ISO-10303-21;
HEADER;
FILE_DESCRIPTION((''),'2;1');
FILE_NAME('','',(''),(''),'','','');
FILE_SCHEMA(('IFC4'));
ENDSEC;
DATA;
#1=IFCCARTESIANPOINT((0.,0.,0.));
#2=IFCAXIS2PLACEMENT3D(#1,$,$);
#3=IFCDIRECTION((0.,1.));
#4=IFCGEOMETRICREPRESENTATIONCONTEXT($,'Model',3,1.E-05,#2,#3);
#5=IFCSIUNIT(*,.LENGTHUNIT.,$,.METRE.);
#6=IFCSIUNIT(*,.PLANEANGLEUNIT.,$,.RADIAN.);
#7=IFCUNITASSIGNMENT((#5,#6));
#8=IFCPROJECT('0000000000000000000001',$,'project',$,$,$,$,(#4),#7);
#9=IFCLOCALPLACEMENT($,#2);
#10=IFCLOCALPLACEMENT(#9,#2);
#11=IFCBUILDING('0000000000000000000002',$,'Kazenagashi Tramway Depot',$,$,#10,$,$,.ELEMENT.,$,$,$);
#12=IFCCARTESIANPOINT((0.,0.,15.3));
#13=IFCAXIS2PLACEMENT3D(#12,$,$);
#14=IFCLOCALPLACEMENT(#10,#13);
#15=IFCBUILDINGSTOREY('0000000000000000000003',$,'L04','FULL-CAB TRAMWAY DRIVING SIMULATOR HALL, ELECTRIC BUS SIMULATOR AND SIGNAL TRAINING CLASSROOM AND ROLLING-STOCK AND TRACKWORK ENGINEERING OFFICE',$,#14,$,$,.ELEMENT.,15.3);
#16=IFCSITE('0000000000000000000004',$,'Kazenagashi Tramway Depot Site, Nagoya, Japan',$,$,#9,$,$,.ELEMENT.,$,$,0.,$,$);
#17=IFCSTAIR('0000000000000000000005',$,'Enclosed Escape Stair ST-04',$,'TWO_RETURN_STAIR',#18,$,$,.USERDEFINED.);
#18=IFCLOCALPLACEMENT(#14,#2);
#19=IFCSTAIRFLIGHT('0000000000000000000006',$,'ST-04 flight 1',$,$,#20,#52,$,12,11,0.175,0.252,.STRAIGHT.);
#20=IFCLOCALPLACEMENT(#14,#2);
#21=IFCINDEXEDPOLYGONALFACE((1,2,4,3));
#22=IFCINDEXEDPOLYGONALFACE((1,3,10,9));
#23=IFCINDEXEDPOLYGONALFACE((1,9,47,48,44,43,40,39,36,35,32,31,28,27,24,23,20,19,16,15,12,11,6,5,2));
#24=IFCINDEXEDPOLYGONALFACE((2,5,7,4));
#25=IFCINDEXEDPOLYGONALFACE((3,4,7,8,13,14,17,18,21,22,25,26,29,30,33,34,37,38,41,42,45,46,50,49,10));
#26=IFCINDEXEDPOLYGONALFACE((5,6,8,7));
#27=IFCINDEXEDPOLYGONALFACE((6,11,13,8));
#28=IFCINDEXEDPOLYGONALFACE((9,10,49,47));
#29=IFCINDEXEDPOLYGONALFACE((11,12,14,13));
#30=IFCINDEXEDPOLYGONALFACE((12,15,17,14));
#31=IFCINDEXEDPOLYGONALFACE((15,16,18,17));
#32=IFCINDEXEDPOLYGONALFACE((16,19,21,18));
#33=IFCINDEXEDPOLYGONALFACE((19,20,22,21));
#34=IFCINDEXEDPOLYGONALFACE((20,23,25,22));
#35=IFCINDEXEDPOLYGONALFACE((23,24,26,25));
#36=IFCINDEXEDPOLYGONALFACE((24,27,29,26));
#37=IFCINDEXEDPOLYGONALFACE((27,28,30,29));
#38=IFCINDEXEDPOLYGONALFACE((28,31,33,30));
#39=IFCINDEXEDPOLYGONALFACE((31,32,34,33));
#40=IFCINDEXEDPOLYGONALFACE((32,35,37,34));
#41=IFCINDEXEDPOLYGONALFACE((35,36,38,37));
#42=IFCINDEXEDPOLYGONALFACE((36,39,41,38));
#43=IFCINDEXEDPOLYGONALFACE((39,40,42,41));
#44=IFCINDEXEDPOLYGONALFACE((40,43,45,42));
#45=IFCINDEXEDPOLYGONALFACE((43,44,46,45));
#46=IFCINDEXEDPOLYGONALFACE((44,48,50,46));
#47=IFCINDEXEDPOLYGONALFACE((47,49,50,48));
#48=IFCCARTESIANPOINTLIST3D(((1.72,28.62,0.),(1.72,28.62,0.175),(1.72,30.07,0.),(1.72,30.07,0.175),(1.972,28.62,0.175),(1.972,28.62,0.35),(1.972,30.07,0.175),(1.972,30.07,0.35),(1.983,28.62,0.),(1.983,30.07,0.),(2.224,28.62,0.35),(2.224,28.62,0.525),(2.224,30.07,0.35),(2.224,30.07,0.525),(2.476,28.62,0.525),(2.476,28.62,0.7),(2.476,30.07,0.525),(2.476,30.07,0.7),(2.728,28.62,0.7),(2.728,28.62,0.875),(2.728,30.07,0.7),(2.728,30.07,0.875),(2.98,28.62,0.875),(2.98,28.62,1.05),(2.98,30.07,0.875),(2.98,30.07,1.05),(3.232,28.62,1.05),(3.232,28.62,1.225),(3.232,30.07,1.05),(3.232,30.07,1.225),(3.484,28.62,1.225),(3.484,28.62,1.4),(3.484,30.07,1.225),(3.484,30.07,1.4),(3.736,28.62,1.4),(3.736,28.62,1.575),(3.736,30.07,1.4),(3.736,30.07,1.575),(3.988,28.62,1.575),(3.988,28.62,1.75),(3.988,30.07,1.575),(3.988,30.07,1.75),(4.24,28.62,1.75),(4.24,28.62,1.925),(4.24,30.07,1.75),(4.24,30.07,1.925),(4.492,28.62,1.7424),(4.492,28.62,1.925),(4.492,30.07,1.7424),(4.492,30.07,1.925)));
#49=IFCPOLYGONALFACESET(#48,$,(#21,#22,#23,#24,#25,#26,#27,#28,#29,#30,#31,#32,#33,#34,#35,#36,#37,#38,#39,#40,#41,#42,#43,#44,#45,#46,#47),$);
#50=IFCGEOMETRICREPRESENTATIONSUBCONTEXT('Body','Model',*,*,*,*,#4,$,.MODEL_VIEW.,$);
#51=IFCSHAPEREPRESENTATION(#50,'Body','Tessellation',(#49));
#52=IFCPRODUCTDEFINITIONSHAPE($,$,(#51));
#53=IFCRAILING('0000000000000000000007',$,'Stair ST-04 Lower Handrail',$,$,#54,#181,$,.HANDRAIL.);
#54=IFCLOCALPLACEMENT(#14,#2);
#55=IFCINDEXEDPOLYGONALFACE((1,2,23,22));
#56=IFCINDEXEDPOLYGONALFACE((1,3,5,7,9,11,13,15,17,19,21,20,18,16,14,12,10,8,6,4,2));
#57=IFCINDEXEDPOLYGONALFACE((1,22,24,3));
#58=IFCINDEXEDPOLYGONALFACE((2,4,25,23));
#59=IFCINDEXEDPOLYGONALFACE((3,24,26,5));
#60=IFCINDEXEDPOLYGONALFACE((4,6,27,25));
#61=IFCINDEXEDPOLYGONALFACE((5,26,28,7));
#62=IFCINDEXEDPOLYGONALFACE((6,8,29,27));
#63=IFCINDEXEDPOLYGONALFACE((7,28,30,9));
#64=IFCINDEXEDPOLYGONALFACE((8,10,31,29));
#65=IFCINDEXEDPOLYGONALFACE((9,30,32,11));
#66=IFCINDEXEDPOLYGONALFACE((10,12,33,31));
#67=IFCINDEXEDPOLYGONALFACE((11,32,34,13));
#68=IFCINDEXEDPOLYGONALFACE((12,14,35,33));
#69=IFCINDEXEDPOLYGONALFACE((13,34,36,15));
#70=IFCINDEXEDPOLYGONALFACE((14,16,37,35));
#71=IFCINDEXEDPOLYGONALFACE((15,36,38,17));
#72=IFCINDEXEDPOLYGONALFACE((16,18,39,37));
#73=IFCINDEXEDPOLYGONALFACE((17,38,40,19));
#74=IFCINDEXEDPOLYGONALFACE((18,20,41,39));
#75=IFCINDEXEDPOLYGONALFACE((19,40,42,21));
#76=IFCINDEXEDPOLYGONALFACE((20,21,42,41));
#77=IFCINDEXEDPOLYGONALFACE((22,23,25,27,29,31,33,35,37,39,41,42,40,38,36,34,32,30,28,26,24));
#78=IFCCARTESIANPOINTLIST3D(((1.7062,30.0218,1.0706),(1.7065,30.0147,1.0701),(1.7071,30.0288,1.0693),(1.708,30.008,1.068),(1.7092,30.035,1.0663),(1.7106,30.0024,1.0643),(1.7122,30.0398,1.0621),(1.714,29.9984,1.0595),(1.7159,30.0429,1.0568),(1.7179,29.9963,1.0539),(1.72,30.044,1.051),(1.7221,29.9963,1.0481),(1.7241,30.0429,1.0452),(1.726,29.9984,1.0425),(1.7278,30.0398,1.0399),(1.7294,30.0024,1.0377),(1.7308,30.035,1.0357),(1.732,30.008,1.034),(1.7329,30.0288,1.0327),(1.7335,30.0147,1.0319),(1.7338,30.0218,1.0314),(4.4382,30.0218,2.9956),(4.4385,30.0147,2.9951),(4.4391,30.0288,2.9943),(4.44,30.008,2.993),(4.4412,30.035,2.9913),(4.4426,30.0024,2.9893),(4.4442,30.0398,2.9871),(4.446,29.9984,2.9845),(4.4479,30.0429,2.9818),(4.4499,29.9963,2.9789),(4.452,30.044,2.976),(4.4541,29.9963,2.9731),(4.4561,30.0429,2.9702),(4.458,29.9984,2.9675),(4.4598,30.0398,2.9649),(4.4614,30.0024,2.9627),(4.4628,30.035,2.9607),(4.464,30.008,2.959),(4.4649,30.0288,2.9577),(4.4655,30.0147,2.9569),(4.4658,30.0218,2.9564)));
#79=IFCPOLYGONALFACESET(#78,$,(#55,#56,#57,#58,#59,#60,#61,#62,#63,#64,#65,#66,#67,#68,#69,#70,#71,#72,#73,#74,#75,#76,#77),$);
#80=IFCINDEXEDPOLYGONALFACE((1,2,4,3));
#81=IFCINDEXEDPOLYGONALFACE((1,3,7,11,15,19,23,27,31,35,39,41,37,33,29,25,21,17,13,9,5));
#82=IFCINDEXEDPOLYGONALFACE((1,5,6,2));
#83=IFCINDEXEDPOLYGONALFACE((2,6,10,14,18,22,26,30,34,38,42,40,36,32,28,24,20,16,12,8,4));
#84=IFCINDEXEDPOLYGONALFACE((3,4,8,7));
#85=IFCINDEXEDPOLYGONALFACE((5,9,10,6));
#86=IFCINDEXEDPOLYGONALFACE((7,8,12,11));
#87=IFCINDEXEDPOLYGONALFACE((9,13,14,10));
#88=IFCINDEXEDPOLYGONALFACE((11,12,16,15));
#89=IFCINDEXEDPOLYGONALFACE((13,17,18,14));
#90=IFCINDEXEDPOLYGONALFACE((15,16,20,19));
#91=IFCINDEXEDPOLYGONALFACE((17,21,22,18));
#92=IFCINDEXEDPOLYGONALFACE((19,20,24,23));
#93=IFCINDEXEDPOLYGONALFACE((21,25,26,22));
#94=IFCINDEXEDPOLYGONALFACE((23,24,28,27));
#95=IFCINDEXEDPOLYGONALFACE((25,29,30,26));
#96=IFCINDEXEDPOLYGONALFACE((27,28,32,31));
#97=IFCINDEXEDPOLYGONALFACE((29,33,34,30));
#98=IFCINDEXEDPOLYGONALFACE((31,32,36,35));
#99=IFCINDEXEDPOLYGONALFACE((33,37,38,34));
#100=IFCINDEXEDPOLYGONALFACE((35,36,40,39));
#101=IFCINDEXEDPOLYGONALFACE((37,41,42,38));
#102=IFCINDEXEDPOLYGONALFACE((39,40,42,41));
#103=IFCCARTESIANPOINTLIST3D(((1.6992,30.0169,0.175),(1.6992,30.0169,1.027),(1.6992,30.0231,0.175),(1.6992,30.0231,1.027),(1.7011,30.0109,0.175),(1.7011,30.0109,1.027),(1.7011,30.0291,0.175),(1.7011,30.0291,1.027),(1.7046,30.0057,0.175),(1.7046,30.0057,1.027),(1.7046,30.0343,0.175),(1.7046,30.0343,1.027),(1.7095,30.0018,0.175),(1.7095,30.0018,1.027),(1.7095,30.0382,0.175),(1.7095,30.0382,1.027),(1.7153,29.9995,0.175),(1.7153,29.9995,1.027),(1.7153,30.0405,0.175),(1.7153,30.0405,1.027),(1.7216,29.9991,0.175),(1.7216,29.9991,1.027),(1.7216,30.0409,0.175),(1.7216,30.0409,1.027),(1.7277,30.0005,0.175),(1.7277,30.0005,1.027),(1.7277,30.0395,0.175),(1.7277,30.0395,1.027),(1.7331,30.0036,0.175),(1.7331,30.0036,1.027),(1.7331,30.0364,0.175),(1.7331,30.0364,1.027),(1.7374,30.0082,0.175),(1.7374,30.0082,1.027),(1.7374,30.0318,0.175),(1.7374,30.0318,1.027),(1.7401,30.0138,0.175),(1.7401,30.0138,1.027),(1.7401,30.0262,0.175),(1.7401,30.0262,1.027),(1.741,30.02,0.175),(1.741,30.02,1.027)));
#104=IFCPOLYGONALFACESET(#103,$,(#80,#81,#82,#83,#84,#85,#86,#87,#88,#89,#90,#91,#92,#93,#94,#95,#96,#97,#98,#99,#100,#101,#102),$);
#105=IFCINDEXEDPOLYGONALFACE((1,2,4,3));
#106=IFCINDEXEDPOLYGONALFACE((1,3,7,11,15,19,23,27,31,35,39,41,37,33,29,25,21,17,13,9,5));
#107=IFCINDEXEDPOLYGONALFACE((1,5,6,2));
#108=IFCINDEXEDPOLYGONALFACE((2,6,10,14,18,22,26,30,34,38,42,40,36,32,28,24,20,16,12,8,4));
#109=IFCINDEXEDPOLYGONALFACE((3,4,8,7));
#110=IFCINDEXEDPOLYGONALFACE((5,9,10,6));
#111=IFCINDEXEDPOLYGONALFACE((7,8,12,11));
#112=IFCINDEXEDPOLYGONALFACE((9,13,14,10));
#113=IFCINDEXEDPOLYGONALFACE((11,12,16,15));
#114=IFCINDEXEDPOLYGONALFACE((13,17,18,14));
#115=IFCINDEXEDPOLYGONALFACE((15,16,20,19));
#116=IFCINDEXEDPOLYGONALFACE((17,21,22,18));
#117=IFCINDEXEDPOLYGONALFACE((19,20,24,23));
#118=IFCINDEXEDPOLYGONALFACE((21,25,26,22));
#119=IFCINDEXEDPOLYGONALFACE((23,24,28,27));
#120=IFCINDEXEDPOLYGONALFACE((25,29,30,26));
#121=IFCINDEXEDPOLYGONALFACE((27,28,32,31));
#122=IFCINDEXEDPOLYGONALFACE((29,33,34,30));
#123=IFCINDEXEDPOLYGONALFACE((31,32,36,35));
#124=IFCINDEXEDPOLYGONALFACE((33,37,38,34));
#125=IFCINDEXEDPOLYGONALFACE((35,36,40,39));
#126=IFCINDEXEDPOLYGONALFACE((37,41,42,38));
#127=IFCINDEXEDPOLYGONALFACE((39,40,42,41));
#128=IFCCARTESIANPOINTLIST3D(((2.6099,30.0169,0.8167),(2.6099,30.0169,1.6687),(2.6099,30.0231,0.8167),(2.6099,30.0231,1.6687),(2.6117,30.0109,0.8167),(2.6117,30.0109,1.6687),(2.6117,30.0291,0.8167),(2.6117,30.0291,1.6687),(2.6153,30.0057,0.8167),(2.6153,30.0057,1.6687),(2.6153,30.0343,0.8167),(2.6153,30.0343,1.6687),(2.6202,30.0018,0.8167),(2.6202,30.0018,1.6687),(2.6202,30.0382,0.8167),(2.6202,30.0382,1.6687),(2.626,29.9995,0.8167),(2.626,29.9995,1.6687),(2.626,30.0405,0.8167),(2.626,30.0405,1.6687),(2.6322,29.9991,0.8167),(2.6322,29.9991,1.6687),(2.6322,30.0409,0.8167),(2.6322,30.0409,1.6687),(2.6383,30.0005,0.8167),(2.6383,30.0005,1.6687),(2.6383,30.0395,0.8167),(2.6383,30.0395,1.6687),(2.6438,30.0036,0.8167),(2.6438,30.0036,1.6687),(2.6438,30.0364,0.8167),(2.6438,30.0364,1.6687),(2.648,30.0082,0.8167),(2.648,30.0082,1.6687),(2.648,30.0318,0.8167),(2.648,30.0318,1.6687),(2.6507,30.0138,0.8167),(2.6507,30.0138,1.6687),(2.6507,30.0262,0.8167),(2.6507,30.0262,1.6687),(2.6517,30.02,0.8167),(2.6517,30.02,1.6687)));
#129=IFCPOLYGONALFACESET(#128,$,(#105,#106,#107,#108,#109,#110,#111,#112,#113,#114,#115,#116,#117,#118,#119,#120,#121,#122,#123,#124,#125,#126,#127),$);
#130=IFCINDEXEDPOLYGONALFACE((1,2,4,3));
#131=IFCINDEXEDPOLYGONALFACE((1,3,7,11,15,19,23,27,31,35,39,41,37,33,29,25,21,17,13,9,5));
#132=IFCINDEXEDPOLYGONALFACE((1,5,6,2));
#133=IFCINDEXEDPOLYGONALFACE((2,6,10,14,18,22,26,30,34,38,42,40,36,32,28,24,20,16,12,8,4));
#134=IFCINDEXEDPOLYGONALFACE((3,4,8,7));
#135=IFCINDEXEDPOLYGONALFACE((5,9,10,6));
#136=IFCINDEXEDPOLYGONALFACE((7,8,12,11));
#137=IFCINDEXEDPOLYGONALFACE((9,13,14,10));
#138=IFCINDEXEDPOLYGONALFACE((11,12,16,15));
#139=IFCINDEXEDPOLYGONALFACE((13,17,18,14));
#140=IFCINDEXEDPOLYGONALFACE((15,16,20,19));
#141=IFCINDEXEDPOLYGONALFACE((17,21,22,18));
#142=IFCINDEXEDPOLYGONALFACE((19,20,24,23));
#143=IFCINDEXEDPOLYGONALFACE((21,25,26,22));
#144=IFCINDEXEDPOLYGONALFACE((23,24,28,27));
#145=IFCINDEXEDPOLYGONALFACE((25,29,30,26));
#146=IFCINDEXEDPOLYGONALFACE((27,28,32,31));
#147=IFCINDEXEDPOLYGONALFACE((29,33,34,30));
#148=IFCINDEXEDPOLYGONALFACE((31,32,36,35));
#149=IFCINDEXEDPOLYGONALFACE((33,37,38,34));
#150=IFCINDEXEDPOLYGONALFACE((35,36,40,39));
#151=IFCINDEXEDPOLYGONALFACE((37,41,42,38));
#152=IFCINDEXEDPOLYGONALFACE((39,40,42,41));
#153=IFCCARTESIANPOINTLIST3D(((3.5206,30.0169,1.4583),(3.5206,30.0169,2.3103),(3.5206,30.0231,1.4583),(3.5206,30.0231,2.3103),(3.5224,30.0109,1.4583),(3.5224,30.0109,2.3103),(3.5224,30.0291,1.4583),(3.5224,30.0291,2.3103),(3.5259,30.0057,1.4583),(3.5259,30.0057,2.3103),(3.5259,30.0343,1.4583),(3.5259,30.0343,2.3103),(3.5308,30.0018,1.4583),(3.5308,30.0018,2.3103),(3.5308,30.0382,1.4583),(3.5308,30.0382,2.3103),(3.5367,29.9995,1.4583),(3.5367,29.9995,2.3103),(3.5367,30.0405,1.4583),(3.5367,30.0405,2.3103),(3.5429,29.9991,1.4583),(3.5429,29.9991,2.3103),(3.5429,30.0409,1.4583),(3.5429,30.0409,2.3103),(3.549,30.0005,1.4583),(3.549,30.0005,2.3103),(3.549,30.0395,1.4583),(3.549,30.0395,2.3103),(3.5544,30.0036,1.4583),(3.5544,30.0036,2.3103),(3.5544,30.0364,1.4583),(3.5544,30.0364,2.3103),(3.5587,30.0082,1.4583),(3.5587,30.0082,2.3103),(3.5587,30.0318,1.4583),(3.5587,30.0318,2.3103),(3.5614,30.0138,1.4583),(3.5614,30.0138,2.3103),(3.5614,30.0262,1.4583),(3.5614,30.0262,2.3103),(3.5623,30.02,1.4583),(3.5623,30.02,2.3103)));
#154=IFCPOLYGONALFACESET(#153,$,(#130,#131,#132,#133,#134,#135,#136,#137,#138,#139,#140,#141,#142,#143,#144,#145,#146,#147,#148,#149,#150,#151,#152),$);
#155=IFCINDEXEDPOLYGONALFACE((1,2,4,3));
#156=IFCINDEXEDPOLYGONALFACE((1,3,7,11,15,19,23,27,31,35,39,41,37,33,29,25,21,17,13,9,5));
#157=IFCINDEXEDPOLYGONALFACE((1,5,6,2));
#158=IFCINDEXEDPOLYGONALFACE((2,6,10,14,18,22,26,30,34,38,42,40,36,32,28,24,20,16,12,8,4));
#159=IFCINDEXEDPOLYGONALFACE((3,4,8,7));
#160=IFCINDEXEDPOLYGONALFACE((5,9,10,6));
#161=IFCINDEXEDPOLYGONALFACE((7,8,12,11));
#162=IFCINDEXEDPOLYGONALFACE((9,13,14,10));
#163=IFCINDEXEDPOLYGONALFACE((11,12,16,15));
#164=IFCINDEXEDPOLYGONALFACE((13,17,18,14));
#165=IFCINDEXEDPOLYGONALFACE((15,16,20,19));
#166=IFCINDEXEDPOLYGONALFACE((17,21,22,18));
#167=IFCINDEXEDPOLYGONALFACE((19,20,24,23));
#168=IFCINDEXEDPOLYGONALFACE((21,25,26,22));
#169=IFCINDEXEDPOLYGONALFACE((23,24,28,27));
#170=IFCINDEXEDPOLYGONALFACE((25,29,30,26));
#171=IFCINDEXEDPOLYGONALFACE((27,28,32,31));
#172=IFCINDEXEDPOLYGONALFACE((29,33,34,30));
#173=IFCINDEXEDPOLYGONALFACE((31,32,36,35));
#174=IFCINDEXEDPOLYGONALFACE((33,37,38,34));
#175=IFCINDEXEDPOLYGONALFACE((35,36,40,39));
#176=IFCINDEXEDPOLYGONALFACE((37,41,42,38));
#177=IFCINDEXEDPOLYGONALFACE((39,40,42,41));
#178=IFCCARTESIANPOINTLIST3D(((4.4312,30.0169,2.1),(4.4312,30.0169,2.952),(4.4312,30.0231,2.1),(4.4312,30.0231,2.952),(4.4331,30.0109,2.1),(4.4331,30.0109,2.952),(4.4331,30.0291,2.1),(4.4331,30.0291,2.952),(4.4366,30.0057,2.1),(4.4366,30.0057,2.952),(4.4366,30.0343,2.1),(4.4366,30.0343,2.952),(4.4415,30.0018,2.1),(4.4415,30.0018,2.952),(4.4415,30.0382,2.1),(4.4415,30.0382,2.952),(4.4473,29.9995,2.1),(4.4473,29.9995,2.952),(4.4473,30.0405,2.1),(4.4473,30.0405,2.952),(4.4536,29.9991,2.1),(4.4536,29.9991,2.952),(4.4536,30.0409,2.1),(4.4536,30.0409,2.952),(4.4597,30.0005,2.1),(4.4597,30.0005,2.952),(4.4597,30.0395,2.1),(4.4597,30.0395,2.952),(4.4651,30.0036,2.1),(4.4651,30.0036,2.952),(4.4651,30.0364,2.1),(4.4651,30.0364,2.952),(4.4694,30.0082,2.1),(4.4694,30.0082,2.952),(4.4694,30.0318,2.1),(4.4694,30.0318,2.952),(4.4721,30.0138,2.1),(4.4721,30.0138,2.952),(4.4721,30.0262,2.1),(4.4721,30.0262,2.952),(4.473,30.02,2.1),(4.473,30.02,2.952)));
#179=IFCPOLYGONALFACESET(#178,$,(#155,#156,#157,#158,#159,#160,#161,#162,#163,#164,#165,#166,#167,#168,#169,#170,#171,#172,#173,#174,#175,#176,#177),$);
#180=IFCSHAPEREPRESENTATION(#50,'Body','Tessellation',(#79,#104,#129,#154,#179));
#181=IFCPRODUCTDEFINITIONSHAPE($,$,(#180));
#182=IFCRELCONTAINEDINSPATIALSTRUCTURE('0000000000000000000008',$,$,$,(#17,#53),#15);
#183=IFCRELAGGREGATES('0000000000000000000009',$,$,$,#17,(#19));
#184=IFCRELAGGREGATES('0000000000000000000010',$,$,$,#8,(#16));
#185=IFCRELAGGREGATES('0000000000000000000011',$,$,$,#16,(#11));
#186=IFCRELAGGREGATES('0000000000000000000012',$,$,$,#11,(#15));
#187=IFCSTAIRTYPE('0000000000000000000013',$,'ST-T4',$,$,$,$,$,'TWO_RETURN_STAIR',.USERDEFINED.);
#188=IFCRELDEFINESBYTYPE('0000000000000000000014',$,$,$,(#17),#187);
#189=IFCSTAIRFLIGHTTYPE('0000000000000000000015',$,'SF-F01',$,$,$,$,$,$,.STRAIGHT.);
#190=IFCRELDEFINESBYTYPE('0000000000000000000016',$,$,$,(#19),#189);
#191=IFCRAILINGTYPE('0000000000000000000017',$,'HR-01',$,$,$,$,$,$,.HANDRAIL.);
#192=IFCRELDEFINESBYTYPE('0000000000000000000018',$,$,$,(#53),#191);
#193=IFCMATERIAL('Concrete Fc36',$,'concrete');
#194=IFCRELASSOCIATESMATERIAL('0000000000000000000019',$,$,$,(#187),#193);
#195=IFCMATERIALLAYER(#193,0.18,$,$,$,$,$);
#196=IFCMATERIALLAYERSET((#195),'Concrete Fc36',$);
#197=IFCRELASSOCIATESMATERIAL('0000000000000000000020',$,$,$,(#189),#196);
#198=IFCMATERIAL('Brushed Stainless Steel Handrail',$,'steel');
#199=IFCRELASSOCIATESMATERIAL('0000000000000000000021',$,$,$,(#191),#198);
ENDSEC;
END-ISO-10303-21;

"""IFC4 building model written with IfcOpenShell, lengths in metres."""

from ifc_helpers import new_model, si_unit, direction, frame, origin, origin_2d, place, context, subcontext, project, spatial, polyline, circle, outline, extrude, material, layer, layer_set, type_object, element, aggregate, save


model = new_model("IFC4")

# Units and contexts
model_context = context("Model", 3, precision=1e-05, world=origin(), true_north=direction((0.0, 1.0)))
body_context = subcontext(model_context, "Body", "Model", "MODEL_VIEW")
ifc_project = project(units=[si_unit("LENGTHUNIT", "METRE"), si_unit("PLANEANGLEUNIT", "RADIAN")], contexts=[model_context])

# Site, building, storey
site_placement = place(None, origin())
site = spatial("IfcSite", under=ifc_project, at=site_placement, Name="Kazenagashi Tramway Depot Site, Nagoya, Japan", CompositionType="ELEMENT", RefElevation=0.0)
building_placement = place(site_placement, origin())
building = spatial("IfcBuilding", under=site, at=building_placement, Name="Kazenagashi Tramway Depot", CompositionType="ELEMENT")
storey_placement = place(building_placement, frame((0.0, 0.0, 15.3)))
storey = spatial("IfcBuildingStorey", under=building, at=storey_placement, Name="L04", Description="FULL-CAB TRAMWAY DRIVING SIMULATOR HALL, ELECTRIC BUS SIMULATOR AND SIGNAL TRAINING CLASSROOM AND ROLLING-STOCK AND TRACKWORK ENGINEERING OFFICE", CompositionType="ELEMENT", Elevation=15.3)

# Shared definitions
ifc_material_1 = material(Name="Concrete Fc36", Category="concrete")

# Stair, stair flight
stair_type = type_object("IfcStairType", Name="ST-T4", ElementType="TWO_RETURN_STAIR", PredefinedType="USERDEFINED", material=ifc_material_1)
stair_placement = place(storey_placement, origin())
stair = element("IfcStair", 1, at=stair_placement, inside=storey, type_object=stair_type, Name="Enclosed Escape Stair ST-04", ObjectType="TWO_RETURN_STAIR", PredefinedType="USERDEFINED")
ifc_layer_1 = layer(ifc_material_1, 0.18)
ifc_layer_set_1 = layer_set([ifc_layer_1], Name="Concrete Fc36")
stair_flight_type = type_object("IfcStairFlightType", Name="SF-F01", PredefinedType="STRAIGHT", material=ifc_layer_set_1)
stair_flight_placement = place(storey_placement, frame((1.72, 29.345, 0.0), z_axis=(0.0, 0.0, 1.0), x_axis=(1.0, 0.0, 0.0)))
stair_flight = element("IfcStairFlight", 2, at=stair_flight_placement, type_object=stair_flight_type, Name="ST-04 flight 1", NumberOfRisers=12, NumberOfTreads=11, PredefinedType="STRAIGHT", RiserHeight=0.175, TreadLength=0.252, context=body_context, shape_type="SweptSolid", body=[
    extrude(outline(polyline([(0.0, 0.0), (0.0, 0.175), (0.252, 0.175), (0.252, 0.35), (0.504, 0.35), (0.504, 0.525), (0.756, 0.525), (0.756, 0.7), (1.008, 0.7), (1.008, 0.875), (1.26, 0.875), (1.26, 1.05), (1.512, 1.05), (1.512, 1.225), (1.764, 1.225), (1.764, 1.4), (2.016, 1.4), (2.016, 1.575), (2.268, 1.575), (2.268, 1.75), (2.52, 1.75), (2.52, 1.925), (2.772, 1.925), (2.772, 2.1), (2.772, 1.7424), (0.263, 0.0), (0.0, 0.0)])), frame((0.0, 0.725, 0.0), z_axis=(0.0, -1.0, 0.0), x_axis=(1.0, 0.0, 0.0)), (0.0, 0.0, 1.0), 1.45),
])
aggregate(stair, [stair_flight])

# Railing
ifc_material_2 = material(Name="Brushed Stainless Steel Handrail", Category="steel")
railing_type = type_object("IfcRailingType", Name="HR-01", PredefinedType="HANDRAIL", material=ifc_material_2)
railing_placement = place(storey_placement, frame((1.72, 30.02, 0.175)))
element("IfcRailing", 3, at=railing_placement, inside=storey, type_object=railing_type, Name="Stair ST-04 Lower Handrail", PredefinedType="HANDRAIL", context=body_context, shape_type="SweptSolid", body=[
    extrude(circle(Radius=0.024, at=origin_2d()), frame((0.0, 0.0, 0.876), z_axis=(0.817457, 0.0, 0.57599), x_axis=(0.0, 1.0, 0.0)), (0.0, 0.0, 1.0), 3.3421),
    extrude(circle(Radius=0.021, at=origin_2d()), origin(), (0.0, 0.0, 1.0), 0.852),
    extrude(circle(Radius=0.021, at=origin_2d()), frame((0.9107, 0.0, 0.6417)), (0.0, 0.0, 1.0), 0.852),
    extrude(circle(Radius=0.021, at=origin_2d()), frame((1.8213, 0.0, 1.2833)), (0.0, 0.0, 1.0), 0.852),
    extrude(circle(Radius=0.021, at=origin_2d()), frame((2.732, 0.0, 1.925)), (0.0, 0.0, 1.0), 0.852),
])

save(model, "model.ifc")
